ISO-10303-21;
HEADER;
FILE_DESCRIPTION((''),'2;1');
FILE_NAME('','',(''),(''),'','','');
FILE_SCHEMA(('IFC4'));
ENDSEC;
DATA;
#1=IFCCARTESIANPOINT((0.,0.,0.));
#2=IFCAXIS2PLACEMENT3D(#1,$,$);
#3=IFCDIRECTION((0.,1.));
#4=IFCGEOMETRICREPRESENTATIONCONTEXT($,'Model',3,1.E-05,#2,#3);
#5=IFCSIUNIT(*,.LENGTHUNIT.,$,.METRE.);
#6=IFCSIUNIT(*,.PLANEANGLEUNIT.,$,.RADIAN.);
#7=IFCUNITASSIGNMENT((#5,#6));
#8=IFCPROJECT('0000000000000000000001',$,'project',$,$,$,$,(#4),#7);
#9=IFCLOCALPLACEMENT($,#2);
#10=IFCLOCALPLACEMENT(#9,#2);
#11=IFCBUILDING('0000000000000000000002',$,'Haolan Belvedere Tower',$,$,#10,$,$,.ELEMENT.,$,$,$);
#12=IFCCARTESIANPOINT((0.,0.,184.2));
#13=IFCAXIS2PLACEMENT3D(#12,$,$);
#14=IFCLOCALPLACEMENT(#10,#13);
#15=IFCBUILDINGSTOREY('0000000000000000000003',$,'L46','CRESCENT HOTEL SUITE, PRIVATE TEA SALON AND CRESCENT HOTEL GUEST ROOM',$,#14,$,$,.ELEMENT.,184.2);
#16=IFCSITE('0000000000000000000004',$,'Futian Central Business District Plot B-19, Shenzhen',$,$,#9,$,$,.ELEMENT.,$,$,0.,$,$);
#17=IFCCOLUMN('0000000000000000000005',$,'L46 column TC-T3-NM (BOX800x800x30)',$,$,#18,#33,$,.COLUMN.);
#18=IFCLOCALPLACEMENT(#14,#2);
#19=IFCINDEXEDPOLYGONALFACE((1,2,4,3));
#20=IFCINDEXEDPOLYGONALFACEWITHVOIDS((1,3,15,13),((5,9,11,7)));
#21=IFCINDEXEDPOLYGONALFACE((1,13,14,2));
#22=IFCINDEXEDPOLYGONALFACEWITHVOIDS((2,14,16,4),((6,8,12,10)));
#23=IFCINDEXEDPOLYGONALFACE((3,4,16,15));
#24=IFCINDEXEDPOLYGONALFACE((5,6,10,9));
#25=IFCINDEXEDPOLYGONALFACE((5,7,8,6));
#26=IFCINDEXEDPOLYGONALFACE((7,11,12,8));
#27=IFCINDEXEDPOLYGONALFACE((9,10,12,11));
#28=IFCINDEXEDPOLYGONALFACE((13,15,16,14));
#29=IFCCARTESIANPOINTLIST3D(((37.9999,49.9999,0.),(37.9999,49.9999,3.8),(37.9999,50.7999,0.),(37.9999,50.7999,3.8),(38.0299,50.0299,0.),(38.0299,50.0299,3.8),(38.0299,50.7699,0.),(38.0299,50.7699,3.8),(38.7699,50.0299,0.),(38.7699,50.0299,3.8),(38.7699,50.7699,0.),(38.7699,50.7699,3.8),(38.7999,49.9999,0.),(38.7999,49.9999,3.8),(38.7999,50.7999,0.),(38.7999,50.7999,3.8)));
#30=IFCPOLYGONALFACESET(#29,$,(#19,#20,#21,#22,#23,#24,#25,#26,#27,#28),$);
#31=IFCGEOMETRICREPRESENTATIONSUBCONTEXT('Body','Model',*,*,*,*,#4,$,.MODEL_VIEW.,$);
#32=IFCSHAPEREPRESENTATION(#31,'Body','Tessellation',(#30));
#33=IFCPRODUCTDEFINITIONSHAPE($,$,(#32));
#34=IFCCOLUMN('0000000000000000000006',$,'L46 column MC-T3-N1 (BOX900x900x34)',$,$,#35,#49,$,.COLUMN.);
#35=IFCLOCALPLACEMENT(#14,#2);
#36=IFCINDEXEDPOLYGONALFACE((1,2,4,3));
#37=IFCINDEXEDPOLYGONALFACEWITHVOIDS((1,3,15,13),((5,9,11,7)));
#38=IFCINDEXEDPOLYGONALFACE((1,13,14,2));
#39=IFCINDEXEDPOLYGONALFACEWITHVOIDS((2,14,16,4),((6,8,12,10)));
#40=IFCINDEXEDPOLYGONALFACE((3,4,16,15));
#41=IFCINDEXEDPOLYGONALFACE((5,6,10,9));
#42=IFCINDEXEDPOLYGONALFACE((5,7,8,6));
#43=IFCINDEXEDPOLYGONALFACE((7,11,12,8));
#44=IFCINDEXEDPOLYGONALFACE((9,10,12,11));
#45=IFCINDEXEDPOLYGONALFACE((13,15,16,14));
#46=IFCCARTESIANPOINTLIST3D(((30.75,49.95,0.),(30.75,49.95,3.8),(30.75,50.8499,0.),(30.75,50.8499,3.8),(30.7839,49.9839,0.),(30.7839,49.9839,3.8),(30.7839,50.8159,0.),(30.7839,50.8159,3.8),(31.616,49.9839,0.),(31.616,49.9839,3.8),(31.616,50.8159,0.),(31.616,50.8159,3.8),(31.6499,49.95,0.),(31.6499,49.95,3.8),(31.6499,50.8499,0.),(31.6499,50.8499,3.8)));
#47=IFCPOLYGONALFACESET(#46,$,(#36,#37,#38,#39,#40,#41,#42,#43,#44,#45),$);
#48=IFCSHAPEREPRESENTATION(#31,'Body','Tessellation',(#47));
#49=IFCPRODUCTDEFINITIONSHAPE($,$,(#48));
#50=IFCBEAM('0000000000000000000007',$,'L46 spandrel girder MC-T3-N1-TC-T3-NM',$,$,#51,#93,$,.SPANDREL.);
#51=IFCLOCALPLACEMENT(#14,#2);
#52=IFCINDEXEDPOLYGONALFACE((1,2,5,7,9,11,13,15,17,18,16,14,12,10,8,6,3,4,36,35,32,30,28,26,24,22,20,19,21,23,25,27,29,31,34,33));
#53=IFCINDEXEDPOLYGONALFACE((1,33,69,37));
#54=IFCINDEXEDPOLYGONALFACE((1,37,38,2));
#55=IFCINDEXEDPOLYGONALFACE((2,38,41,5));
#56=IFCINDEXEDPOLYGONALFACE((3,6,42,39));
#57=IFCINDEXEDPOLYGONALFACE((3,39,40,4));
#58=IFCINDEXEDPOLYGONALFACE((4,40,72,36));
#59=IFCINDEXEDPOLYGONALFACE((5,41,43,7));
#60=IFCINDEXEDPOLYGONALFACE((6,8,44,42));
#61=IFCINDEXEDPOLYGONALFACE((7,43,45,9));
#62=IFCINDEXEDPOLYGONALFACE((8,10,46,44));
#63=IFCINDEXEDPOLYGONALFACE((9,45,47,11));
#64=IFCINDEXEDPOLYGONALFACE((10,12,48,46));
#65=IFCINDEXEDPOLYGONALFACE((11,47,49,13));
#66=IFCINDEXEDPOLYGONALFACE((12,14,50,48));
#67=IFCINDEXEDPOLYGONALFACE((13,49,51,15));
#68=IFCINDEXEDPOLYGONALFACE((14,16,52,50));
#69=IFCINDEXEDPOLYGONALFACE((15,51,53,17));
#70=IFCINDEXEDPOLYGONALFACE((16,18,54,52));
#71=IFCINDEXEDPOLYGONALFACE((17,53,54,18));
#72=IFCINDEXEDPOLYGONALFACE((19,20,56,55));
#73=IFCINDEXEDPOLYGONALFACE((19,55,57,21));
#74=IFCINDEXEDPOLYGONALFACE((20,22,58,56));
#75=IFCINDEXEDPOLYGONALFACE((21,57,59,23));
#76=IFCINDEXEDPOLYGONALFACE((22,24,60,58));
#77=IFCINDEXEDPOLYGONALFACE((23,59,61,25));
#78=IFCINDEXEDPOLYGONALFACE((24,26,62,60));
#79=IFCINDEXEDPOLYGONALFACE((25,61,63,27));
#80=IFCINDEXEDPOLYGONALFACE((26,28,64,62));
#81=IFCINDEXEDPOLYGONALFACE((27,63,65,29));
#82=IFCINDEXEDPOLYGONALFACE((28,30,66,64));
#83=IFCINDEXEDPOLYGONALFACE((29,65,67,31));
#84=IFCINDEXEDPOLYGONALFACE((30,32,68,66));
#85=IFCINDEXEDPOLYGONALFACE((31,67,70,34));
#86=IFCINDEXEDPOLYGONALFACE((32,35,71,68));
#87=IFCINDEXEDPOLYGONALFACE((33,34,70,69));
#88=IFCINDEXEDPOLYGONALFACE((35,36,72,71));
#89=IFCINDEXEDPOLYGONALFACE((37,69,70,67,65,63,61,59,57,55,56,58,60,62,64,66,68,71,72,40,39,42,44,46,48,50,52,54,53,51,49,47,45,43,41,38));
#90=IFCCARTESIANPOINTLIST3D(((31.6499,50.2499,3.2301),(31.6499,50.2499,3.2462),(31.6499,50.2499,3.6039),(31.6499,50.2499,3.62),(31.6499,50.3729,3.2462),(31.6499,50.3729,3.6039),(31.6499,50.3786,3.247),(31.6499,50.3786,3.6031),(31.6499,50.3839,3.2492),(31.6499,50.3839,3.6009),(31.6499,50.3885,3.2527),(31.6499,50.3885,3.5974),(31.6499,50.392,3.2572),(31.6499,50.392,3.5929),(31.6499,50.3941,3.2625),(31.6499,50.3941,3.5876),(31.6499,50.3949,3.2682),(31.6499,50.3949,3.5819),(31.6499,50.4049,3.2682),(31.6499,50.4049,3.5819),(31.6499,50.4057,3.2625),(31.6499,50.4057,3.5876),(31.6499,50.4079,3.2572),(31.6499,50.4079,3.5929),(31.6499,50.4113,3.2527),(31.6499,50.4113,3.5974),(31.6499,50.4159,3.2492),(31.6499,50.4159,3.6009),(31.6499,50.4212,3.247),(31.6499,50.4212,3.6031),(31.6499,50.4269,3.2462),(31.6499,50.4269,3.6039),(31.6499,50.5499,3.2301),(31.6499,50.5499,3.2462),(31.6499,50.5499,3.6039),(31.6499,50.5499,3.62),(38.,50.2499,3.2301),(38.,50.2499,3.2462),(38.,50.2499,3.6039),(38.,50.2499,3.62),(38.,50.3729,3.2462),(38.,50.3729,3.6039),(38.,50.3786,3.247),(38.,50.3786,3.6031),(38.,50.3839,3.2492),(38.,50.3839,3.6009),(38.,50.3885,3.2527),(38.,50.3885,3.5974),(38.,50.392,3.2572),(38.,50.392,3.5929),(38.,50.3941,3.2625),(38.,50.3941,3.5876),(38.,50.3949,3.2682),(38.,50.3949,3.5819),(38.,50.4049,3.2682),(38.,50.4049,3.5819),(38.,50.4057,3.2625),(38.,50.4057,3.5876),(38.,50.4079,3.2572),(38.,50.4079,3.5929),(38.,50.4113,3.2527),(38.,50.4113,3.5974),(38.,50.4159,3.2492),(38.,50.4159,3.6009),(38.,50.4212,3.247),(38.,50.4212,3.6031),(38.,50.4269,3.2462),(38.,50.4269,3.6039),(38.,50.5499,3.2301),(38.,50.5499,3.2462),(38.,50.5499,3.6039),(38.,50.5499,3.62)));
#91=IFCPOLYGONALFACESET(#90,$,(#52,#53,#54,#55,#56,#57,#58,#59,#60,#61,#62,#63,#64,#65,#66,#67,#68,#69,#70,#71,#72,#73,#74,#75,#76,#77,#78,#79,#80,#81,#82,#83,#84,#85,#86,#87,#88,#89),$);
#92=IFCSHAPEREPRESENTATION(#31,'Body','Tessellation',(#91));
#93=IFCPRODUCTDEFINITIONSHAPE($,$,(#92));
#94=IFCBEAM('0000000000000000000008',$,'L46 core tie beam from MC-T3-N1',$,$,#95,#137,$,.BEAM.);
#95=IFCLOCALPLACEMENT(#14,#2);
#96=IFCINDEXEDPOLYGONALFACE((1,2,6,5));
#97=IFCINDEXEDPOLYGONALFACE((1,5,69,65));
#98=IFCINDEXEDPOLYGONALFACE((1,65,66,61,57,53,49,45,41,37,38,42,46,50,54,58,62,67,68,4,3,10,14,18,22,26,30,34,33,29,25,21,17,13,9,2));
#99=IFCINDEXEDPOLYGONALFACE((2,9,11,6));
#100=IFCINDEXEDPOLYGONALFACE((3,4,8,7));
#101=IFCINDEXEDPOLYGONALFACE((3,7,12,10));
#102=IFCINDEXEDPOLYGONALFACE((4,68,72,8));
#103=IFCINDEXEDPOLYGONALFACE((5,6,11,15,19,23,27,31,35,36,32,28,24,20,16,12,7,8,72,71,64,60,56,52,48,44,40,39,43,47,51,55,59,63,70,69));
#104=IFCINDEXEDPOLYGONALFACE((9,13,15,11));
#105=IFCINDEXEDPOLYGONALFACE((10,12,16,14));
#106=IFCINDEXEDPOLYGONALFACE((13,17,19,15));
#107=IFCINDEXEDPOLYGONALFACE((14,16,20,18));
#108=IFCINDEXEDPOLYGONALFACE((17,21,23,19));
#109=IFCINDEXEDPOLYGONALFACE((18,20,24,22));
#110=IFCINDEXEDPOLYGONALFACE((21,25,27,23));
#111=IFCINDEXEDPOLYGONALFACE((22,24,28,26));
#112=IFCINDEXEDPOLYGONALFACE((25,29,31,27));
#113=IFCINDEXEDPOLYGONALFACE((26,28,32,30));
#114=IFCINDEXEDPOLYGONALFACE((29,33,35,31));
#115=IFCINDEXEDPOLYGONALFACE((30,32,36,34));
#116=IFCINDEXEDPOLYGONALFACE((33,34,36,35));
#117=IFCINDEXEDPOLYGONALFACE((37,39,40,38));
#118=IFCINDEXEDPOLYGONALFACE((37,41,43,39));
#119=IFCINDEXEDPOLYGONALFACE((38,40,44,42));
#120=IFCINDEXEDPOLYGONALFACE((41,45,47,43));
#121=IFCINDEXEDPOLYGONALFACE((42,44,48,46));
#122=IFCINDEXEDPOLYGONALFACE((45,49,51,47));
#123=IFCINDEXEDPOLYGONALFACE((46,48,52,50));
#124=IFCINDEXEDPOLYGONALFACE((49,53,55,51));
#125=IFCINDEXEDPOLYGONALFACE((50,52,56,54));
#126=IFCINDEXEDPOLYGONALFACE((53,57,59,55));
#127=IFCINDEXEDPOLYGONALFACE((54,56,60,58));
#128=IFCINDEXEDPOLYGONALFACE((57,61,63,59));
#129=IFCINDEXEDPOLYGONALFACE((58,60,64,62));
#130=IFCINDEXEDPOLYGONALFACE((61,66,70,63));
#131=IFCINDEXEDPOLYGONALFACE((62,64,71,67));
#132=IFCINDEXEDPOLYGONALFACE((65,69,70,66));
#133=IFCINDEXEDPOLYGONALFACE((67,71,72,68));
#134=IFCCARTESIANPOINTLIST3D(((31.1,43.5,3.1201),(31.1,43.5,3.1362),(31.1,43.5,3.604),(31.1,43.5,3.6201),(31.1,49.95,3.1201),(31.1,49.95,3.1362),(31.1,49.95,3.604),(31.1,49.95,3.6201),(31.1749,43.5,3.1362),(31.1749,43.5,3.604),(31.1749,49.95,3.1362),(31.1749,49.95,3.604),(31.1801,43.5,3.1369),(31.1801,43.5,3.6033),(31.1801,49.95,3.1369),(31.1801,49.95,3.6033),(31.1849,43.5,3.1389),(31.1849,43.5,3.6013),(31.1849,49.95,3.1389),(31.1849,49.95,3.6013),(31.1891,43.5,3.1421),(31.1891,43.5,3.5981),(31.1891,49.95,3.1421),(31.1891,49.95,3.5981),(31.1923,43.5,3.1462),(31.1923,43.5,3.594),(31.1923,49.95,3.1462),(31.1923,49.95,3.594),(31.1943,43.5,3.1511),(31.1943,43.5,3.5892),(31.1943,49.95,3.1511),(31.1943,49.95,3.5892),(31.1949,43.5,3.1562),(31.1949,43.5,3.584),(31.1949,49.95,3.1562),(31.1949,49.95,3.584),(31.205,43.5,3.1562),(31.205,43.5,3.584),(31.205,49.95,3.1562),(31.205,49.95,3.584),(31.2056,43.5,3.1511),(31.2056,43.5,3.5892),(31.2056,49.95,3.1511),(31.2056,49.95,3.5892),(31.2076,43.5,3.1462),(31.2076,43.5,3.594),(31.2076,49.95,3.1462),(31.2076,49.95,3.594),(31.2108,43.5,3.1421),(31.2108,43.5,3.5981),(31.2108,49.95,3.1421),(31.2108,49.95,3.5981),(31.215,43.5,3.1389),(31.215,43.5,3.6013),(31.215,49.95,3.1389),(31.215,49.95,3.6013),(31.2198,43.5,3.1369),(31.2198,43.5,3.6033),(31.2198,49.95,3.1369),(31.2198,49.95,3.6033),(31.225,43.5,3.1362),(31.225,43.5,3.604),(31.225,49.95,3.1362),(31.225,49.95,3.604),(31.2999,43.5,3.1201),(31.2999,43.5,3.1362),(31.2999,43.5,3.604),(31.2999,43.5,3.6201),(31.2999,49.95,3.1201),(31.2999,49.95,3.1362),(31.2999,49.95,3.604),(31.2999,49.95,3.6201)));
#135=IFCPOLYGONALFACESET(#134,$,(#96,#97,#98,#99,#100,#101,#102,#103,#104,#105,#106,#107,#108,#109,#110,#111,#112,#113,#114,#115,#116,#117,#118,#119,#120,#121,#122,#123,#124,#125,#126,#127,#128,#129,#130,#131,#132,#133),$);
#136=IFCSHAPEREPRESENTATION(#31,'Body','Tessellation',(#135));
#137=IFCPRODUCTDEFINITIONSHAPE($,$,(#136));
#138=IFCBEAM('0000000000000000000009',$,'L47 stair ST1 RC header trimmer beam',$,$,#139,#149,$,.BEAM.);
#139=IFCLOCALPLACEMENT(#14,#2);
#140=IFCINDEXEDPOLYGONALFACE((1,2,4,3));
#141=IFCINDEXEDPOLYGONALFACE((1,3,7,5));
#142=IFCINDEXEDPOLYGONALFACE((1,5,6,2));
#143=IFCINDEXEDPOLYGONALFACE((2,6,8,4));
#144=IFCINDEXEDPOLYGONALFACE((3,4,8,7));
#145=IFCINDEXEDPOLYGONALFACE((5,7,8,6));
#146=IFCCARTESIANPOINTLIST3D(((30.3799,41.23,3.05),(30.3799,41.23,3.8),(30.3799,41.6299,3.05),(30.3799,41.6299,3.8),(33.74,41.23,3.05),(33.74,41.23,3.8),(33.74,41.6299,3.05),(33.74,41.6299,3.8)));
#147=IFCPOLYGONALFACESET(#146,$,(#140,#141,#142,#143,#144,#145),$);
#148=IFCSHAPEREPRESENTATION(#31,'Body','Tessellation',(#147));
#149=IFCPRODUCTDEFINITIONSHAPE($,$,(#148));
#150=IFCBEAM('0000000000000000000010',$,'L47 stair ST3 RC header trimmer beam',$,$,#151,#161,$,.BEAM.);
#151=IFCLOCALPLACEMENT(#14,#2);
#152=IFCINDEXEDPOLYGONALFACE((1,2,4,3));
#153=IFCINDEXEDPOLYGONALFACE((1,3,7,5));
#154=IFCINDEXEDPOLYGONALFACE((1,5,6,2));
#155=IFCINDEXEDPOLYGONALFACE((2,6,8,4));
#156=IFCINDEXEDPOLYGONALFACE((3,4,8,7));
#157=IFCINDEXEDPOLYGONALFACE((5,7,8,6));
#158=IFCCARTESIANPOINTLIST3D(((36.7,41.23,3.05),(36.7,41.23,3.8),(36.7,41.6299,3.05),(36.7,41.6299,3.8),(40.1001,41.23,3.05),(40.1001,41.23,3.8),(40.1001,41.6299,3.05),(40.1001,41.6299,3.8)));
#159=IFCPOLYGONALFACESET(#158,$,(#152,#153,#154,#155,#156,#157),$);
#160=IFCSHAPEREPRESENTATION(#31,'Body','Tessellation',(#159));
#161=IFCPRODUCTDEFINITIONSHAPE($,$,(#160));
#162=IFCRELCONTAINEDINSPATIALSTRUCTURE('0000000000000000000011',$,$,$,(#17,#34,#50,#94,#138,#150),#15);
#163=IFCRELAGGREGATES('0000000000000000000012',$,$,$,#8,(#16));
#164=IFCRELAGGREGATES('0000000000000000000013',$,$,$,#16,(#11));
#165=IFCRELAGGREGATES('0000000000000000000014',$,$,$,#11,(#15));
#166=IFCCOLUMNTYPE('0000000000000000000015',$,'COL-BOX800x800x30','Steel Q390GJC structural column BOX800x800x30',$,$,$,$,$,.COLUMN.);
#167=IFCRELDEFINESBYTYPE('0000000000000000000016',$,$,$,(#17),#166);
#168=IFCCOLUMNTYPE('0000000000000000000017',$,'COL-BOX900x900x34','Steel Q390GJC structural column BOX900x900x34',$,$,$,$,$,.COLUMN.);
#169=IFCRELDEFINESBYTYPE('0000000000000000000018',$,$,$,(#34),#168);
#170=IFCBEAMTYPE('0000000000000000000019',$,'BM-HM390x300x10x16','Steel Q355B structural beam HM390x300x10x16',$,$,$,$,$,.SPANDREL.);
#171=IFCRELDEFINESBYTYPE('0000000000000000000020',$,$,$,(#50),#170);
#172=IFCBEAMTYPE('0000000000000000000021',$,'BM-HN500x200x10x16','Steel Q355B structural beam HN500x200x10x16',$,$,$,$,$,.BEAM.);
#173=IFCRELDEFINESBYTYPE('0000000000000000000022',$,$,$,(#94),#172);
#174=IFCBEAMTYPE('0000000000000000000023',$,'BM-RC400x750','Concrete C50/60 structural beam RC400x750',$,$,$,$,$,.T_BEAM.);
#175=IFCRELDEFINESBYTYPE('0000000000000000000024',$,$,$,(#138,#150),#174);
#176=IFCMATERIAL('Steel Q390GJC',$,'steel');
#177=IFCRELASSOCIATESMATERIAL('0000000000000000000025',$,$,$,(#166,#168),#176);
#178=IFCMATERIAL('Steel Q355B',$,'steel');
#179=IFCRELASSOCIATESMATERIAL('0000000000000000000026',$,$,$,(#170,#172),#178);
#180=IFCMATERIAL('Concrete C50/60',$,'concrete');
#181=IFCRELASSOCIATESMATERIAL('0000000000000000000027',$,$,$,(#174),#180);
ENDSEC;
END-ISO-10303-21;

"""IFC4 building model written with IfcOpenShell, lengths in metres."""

from ifc_helpers import new_model, si_unit, direction, frame, origin, origin_2d, place, context, subcontext, project, spatial, rectangle, hollow_rectangle, i_section, extrude, material, material_profile, profile_set, type_object, element, save


model = new_model("IFC4")

# Units and contexts
model_context = context("Model", 3, precision=1e-05, world=origin(), true_north=direction((0.0, 1.0)))
body_context = subcontext(model_context, "Body", "Model", "MODEL_VIEW")
ifc_project = project(units=[si_unit("LENGTHUNIT", "METRE"), si_unit("PLANEANGLEUNIT", "RADIAN")], contexts=[model_context])

# Site, building, storey
site_placement = place(None, origin())
site = spatial("IfcSite", under=ifc_project, at=site_placement, Name="Futian Central Business District Plot B-19, Shenzhen", CompositionType="ELEMENT", RefElevation=0.0)
building_placement = place(site_placement, origin())
building = spatial("IfcBuilding", under=site, at=building_placement, Name="Haolan Belvedere Tower", CompositionType="ELEMENT")
storey_placement = place(building_placement, frame((0.0, 0.0, 184.2)))
storey = spatial("IfcBuildingStorey", under=building, at=storey_placement, Name="L46", Description="CRESCENT HOTEL SUITE, PRIVATE TEA SALON AND CRESCENT HOTEL GUEST ROOM", CompositionType="ELEMENT", Elevation=184.2)

# Columns
ifc_material_1 = material(Name="Steel Q390GJC", Category="steel")
ifc_material_profile_1 = material_profile(ifc_material_1, hollow_rectangle(XDim=0.8, YDim=0.8, WallThickness=0.03, at=origin_2d()), Name="Steel Q390GJC")
ifc_profile_set_1 = profile_set([ifc_material_profile_1], Name="Steel Q390GJC")
column_type_1 = type_object("IfcColumnType", Name="COL-BOX800x800x30", Description="Steel Q390GJC structural column BOX800x800x30", PredefinedType="COLUMN", material=ifc_profile_set_1)
column_1_placement = place(storey_placement, frame((38.3999, 50.3999, 0.0), z_axis=(0.0, 0.0, 1.0), x_axis=(1.0, 0.0, 0.0)))
element("IfcColumn", 1, at=column_1_placement, inside=storey, type_object=column_type_1, Name="L46 column TC-T3-NM (BOX800x800x30)", PredefinedType="COLUMN", context=body_context, shape_type="SweptSolid", body=[
    extrude(hollow_rectangle(XDim=0.8, YDim=0.8, WallThickness=0.03, at=origin_2d()), origin(), (0.0, 0.0, 1.0), 3.8),
])
ifc_material_profile_2 = material_profile(ifc_material_1, hollow_rectangle(XDim=0.8999, YDim=0.8999, WallThickness=0.0339, at=origin_2d()), Name="Steel Q390GJC")
ifc_profile_set_2 = profile_set([ifc_material_profile_2], Name="Steel Q390GJC")
column_type_2 = type_object("IfcColumnType", Name="COL-BOX900x900x34", Description="Steel Q390GJC structural column BOX900x900x34", PredefinedType="COLUMN", material=ifc_profile_set_2)
column_2_placement = place(storey_placement, frame((31.2, 50.3999, 0.0), z_axis=(0.0, 0.0, 1.0), x_axis=(1.0, 0.0, 0.0)))
element("IfcColumn", 2, at=column_2_placement, inside=storey, type_object=column_type_2, Name="L46 column MC-T3-N1 (BOX900x900x34)", PredefinedType="COLUMN", context=body_context, shape_type="SweptSolid", body=[
    extrude(hollow_rectangle(XDim=0.8999, YDim=0.8999, WallThickness=0.0339, at=origin_2d()), origin(), (0.0, 0.0, 1.0), 3.8),
])

# Beams
ifc_material_2 = material(Name="Steel Q355B", Category="steel")
ifc_material_profile_3 = material_profile(ifc_material_2, i_section(OverallWidth=0.3, OverallDepth=0.3899, WebThickness=0.01, FlangeThickness=0.0161, FilletRadius=0.022, at=origin_2d()), Name="Steel Q355B")
ifc_profile_set_3 = profile_set([ifc_material_profile_3], Name="Steel Q355B")
beam_type_1 = type_object("IfcBeamType", Name="BM-HM390x300x10x16", Description="Steel Q355B structural beam HM390x300x10x16", PredefinedType="SPANDREL", material=ifc_profile_set_3)
beam_1_placement = place(storey_placement, frame((31.6499, 50.3999, 3.425), z_axis=(1.0, 0.0, 0.0), x_axis=(0.0, 1.0, 0.0)))
element("IfcBeam", 3, at=beam_1_placement, inside=storey, type_object=beam_type_1, Name="L46 spandrel girder MC-T3-N1-TC-T3-NM", PredefinedType="SPANDREL", context=body_context, shape_type="SweptSolid", body=[
    extrude(i_section(OverallWidth=0.3, OverallDepth=0.3899, WebThickness=0.01, FlangeThickness=0.0161, FilletRadius=0.022, at=origin_2d()), origin(), (0.0, 0.0, 1.0), 6.3501),
])
ifc_material_profile_4 = material_profile(ifc_material_2, i_section(OverallWidth=0.2, OverallDepth=0.5, WebThickness=0.01, FlangeThickness=0.0161, FilletRadius=0.02, at=origin_2d()), Name="Steel Q355B")
ifc_profile_set_4 = profile_set([ifc_material_profile_4], Name="Steel Q355B")
beam_type_2 = type_object("IfcBeamType", Name="BM-HN500x200x10x16", Description="Steel Q355B structural beam HN500x200x10x16", PredefinedType="BEAM", material=ifc_profile_set_4)
beam_2_placement = place(storey_placement, frame((31.2, 49.95, 3.3701), z_axis=(0.0, -1.0, 0.0), x_axis=(1.0, 0.0, 0.0)))
element("IfcBeam", 4, at=beam_2_placement, inside=storey, type_object=beam_type_2, Name="L46 core tie beam from MC-T3-N1", PredefinedType="BEAM", context=body_context, shape_type="SweptSolid", body=[
    extrude(i_section(OverallWidth=0.2, OverallDepth=0.5, WebThickness=0.01, FlangeThickness=0.0161, FilletRadius=0.02, at=origin_2d()), origin(), (0.0, 0.0, 1.0), 6.45),
])
ifc_material_3 = material(Name="Concrete C50/60", Category="concrete")
ifc_material_profile_5 = material_profile(ifc_material_3, rectangle(XDim=0.3999, YDim=0.75, at=origin_2d()), Name="Concrete C50/60")
ifc_profile_set_5 = profile_set([ifc_material_profile_5], Name="Concrete C50/60")
beam_type_3 = type_object("IfcBeamType", Name="BM-RC400x750", Description="Concrete C50/60 structural beam RC400x750", PredefinedType="T_BEAM", material=ifc_profile_set_5)
beam_3_placement = place(storey_placement, frame((30.3799, 41.4299, 3.425), z_axis=(1.0, 0.0, 0.0), x_axis=(0.0, 1.0, 0.0)))
element("IfcBeam", 5, at=beam_3_placement, inside=storey, type_object=beam_type_3, Name="L47 stair ST1 RC header trimmer beam", PredefinedType="BEAM", context=body_context, shape_type="SweptSolid", body=[
    extrude(rectangle(XDim=0.3999, YDim=0.75, at=origin_2d()), origin(), (0.0, 0.0, 1.0), 3.3601),
])
beam_4_placement = place(storey_placement, frame((36.7, 41.4299, 3.425), z_axis=(1.0, 0.0, 0.0), x_axis=(0.0, 1.0, 0.0)))
element("IfcBeam", 6, at=beam_4_placement, inside=storey, type_object=beam_type_3, Name="L47 stair ST3 RC header trimmer beam", PredefinedType="BEAM", context=body_context, shape_type="SweptSolid", body=[
    extrude(rectangle(XDim=0.3999, YDim=0.75, at=origin_2d()), origin(), (0.0, 0.0, 1.0), 3.4001),
])

save(model, "model.ifc")
